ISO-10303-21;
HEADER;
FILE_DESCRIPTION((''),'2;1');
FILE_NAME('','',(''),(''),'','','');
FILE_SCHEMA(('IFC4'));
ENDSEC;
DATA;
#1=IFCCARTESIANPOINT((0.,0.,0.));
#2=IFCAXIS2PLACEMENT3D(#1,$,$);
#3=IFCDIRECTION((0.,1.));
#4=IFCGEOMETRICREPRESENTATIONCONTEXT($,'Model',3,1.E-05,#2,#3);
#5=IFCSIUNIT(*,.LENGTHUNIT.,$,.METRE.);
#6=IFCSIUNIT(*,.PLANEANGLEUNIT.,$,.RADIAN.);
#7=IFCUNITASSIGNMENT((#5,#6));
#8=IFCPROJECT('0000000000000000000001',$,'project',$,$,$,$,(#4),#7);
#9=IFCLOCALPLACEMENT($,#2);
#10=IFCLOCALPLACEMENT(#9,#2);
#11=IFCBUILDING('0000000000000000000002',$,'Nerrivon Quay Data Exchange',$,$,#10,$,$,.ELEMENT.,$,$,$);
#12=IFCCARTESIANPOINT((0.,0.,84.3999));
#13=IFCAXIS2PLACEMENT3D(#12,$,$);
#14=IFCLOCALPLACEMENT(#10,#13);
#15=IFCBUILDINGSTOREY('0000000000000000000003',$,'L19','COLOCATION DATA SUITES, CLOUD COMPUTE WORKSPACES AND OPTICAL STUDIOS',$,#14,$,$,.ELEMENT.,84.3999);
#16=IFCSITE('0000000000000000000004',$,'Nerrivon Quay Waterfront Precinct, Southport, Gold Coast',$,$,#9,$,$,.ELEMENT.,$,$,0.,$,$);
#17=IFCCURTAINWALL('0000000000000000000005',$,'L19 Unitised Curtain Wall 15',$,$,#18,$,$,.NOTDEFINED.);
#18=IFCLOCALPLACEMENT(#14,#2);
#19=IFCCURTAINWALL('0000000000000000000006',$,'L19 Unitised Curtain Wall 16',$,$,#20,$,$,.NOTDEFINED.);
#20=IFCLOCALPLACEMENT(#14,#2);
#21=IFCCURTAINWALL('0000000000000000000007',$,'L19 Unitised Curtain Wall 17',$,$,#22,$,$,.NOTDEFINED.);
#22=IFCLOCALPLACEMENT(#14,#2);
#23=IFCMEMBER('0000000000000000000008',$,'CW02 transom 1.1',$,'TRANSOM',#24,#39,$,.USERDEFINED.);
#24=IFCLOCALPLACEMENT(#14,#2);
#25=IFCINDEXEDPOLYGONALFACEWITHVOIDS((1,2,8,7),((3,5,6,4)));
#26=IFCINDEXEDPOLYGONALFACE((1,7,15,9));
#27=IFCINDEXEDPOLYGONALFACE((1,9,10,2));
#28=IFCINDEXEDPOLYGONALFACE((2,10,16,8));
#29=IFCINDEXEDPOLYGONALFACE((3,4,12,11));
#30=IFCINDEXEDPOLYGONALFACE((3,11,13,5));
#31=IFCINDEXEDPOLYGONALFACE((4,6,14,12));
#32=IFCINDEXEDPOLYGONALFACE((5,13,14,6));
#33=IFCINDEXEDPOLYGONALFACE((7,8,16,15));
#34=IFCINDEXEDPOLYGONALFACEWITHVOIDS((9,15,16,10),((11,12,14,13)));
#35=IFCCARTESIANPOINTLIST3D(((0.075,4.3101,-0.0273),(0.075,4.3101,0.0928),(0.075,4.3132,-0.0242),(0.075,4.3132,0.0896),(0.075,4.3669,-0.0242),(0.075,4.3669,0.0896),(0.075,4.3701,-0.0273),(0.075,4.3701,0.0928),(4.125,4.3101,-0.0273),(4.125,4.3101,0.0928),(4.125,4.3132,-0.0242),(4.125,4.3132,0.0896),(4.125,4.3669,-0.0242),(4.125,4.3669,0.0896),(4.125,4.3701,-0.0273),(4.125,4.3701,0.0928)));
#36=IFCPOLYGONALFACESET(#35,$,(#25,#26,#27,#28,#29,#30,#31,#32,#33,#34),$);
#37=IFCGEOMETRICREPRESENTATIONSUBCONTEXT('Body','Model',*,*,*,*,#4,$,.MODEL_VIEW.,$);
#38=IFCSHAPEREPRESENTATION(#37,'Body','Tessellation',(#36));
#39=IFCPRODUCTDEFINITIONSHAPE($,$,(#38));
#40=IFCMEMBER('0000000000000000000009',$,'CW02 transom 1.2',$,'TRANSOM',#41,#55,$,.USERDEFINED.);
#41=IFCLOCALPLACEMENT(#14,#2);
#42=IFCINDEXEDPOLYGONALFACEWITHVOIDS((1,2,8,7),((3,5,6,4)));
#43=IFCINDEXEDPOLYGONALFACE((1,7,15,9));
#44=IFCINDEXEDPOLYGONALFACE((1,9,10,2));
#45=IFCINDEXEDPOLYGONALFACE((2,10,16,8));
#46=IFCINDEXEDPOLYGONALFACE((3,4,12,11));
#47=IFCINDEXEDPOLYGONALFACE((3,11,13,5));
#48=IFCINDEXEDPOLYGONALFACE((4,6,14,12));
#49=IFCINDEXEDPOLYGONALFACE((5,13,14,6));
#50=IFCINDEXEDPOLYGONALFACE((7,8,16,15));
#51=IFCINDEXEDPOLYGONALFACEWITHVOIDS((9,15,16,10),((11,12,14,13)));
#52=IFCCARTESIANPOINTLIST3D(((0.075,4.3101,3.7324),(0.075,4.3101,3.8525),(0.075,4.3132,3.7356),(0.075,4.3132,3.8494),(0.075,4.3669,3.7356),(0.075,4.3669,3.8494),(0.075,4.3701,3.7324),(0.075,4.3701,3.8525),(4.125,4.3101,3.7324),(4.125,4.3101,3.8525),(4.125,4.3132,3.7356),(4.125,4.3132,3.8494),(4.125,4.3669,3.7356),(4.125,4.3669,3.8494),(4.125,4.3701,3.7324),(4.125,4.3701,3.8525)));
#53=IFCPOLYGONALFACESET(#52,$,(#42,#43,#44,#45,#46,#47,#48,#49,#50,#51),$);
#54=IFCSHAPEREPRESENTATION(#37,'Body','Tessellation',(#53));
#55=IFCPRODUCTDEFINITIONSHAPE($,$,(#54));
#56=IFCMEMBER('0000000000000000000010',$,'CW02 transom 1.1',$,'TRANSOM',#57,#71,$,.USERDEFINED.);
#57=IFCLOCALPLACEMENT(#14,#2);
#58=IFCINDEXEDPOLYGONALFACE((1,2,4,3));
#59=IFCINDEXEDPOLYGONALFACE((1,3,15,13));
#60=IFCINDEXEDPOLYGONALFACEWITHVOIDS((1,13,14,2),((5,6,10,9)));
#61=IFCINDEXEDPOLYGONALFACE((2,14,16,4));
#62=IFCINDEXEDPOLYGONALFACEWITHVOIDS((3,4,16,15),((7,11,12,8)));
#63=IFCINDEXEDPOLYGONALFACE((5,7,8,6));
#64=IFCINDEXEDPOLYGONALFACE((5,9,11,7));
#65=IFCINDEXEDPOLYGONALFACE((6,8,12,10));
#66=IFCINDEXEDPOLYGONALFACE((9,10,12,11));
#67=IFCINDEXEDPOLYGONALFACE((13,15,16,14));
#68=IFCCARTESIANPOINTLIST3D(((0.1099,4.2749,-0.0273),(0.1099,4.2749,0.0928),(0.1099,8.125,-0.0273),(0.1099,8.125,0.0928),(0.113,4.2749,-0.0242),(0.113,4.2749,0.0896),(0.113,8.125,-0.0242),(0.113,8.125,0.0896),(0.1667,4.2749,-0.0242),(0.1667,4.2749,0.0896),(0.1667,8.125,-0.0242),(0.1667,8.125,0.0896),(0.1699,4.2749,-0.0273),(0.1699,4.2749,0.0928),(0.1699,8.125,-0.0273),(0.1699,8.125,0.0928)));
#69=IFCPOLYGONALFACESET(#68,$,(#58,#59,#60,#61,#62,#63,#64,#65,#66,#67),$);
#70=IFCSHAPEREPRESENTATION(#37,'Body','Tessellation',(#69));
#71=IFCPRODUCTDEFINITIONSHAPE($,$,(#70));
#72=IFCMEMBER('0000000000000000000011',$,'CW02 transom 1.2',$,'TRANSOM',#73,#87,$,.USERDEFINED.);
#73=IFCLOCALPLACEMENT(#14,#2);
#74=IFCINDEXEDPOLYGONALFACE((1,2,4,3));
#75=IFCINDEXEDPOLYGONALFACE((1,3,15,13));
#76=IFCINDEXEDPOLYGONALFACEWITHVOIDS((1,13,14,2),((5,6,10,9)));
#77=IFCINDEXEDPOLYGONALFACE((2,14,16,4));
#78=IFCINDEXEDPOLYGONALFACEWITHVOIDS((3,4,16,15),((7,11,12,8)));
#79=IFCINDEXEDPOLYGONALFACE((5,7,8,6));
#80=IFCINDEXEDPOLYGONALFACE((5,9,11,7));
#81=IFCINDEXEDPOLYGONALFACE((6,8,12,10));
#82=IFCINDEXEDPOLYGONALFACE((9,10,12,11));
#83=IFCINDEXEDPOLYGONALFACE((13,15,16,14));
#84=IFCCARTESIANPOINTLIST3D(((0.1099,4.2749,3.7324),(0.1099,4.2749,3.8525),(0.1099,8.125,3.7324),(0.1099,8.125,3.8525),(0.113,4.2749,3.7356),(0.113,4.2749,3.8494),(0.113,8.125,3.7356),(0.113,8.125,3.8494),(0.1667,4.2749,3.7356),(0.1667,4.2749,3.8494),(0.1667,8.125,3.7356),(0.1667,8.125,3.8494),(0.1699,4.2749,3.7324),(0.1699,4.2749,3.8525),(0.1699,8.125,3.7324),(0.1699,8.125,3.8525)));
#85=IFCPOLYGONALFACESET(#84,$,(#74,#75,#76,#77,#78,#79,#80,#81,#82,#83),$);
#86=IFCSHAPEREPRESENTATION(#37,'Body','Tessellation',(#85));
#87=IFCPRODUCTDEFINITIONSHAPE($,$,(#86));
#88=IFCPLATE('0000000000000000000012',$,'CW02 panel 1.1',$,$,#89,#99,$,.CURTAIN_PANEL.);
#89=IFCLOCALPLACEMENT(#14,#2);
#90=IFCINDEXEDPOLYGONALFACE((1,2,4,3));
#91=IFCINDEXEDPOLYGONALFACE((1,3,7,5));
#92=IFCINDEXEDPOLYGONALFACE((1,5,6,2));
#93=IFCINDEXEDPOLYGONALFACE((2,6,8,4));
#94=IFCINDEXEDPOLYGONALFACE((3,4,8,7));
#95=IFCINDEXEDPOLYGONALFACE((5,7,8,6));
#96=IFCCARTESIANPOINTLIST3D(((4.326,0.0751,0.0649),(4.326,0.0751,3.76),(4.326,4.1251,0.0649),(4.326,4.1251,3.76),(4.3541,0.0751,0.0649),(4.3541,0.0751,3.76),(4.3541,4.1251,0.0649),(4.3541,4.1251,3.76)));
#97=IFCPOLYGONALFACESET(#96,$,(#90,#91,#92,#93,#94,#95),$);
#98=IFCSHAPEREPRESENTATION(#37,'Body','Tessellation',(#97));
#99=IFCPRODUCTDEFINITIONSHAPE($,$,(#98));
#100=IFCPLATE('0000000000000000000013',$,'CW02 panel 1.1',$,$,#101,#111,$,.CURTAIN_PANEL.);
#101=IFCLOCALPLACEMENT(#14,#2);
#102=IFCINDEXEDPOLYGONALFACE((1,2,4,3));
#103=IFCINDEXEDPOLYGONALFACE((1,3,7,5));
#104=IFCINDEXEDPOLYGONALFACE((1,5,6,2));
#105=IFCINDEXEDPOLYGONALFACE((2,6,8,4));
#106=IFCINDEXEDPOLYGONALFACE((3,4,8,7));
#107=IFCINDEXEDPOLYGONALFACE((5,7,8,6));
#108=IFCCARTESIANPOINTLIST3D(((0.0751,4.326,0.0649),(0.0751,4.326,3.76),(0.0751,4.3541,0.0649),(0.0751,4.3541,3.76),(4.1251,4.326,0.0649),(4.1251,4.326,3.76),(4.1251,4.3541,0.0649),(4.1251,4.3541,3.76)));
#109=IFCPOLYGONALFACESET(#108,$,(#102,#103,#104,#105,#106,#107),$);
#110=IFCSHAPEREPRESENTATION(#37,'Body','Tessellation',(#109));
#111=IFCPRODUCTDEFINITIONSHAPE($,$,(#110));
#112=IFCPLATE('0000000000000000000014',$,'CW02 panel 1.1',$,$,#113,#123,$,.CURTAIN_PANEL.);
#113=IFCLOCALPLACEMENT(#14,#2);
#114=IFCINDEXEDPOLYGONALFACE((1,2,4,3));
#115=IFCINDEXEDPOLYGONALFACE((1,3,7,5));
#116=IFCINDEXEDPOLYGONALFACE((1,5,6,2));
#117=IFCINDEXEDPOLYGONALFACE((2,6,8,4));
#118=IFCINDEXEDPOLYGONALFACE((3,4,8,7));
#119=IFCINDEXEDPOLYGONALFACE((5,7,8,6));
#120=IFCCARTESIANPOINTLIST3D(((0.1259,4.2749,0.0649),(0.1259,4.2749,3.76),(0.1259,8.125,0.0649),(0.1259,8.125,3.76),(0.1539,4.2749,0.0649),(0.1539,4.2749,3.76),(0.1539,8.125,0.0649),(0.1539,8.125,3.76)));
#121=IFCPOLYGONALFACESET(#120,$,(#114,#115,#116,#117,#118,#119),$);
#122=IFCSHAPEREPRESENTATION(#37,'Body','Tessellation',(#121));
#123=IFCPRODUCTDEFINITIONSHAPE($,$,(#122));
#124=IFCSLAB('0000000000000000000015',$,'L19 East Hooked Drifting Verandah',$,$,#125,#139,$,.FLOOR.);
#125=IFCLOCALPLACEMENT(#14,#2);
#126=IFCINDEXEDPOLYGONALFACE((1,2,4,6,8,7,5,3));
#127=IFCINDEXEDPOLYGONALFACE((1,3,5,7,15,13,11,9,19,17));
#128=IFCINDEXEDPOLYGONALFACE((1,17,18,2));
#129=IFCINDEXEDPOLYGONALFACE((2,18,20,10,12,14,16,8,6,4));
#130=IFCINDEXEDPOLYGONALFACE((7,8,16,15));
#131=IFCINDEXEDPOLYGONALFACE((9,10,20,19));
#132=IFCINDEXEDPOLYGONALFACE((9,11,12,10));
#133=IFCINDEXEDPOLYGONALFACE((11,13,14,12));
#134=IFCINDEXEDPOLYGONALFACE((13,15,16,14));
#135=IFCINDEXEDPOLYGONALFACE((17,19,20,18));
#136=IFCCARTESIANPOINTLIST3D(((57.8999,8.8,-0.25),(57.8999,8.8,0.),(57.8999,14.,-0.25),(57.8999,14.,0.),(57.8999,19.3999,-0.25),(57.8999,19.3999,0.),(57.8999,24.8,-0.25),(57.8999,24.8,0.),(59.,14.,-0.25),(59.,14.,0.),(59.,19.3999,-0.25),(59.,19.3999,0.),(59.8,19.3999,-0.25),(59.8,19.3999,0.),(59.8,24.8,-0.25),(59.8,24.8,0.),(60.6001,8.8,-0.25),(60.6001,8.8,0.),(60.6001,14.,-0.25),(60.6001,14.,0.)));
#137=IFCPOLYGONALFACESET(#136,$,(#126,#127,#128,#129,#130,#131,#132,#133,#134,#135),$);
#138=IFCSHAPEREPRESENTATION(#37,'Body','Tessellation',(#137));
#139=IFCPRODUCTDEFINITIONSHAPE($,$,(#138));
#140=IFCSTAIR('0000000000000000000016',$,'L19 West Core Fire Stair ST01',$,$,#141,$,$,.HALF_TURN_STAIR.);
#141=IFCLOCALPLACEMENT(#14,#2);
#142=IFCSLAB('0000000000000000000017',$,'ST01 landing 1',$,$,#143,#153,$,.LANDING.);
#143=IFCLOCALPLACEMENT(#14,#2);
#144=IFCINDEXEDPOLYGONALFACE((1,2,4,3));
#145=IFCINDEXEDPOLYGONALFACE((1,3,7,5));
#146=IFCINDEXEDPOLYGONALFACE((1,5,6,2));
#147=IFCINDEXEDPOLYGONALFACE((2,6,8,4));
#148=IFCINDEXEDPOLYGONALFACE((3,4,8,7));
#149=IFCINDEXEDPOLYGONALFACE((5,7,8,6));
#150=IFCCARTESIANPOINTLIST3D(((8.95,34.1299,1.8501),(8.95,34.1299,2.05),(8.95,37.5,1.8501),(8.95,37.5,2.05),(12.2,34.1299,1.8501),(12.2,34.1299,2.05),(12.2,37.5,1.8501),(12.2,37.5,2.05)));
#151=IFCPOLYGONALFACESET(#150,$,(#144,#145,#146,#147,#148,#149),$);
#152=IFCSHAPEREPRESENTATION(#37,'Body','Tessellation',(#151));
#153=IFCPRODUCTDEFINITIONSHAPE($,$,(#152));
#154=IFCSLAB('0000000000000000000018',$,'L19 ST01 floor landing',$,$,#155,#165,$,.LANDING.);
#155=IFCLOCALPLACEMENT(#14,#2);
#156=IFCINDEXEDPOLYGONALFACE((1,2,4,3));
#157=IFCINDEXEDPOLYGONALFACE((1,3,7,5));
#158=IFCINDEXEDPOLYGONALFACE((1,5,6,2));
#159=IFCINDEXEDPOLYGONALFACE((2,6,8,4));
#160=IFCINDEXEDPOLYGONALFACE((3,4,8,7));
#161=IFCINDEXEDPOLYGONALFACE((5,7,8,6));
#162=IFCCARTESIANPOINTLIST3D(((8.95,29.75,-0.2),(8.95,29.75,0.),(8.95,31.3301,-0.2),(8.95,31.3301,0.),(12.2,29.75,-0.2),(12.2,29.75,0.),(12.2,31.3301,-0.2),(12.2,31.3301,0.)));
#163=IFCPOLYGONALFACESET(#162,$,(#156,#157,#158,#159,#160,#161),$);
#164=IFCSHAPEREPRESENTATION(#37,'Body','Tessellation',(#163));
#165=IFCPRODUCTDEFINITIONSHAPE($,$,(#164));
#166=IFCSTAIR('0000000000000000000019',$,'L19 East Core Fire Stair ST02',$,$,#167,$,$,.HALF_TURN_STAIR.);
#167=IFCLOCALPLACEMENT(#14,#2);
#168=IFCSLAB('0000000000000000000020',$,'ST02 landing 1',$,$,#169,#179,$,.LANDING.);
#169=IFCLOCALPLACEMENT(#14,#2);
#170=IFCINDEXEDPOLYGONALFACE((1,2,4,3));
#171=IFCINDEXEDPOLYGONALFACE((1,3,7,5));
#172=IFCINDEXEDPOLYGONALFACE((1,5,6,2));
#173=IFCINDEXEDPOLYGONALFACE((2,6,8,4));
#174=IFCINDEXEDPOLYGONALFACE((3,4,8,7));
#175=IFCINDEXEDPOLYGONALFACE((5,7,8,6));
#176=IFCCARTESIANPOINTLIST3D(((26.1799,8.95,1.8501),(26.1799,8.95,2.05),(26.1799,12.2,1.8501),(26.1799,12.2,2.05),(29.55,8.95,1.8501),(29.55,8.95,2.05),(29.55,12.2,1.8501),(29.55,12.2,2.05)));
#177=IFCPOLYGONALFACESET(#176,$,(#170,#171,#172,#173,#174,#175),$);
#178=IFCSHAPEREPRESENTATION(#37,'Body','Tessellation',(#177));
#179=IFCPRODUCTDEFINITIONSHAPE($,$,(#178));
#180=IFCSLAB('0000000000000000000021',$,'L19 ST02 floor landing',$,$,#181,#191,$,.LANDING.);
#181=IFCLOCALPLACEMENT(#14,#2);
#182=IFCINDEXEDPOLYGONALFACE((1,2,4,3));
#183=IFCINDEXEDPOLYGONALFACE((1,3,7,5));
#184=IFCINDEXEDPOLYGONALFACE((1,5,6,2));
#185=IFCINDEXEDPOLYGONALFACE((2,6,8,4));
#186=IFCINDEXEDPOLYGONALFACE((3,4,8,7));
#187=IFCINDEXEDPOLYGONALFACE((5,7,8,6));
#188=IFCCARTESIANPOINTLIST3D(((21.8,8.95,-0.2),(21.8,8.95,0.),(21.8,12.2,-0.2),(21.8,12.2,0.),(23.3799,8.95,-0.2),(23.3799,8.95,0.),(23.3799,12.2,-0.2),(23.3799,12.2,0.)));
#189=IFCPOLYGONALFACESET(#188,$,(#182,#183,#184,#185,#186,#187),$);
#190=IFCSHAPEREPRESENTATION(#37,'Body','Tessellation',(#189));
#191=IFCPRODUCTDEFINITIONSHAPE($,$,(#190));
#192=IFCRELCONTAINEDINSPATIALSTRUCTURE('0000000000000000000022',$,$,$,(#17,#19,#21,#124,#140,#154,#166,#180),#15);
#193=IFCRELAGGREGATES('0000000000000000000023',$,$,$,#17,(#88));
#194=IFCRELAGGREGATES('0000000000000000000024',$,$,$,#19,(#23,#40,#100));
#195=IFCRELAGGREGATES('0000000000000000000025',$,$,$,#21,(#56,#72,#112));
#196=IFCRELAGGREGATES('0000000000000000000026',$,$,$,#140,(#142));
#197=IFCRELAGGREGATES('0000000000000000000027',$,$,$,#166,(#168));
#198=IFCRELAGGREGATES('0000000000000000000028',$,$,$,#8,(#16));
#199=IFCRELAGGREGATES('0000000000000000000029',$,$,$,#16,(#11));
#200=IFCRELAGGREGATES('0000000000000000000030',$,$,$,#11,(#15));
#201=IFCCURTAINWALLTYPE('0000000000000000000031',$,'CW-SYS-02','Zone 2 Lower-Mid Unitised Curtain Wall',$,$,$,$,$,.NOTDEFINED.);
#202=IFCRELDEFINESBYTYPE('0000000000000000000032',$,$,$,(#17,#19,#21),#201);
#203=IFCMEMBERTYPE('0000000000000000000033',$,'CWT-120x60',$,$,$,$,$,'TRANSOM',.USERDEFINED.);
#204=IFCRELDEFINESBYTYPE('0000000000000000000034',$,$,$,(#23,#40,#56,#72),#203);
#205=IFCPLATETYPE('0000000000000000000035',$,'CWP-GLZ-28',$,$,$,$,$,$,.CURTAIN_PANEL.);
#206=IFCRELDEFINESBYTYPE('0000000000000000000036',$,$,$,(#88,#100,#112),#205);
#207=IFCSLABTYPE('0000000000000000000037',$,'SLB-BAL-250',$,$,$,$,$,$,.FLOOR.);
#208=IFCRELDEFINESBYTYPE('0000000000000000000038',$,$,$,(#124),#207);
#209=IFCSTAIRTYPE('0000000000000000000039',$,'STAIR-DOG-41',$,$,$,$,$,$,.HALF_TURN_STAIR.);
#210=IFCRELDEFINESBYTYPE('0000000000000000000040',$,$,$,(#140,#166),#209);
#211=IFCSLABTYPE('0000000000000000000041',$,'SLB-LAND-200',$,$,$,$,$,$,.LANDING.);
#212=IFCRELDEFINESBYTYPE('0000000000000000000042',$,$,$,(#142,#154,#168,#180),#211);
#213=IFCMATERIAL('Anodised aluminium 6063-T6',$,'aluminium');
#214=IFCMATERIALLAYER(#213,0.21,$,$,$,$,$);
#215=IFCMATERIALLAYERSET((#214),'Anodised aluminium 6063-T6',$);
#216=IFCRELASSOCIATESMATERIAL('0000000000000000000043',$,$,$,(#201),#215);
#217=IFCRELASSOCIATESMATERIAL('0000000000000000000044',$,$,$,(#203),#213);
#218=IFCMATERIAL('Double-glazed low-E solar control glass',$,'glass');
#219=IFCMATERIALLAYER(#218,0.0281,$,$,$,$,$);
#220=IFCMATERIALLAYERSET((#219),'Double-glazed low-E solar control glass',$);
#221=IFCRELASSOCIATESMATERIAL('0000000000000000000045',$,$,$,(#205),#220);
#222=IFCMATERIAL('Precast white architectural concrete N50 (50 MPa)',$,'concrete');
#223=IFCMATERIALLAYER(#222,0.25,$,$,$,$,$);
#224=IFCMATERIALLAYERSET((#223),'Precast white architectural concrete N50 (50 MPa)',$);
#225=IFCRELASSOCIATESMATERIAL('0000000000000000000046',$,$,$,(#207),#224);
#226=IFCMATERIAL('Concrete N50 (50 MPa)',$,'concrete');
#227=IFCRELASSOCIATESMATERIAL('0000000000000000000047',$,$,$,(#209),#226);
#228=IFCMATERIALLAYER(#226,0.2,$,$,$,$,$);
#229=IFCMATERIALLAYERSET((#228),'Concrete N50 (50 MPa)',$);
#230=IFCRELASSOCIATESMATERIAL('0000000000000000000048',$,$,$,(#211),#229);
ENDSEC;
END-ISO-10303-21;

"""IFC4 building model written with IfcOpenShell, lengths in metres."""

from ifc_helpers import new_model, si_unit, direction, frame, origin, origin_2d, place, context, subcontext, project, spatial, polyline, rectangle, hollow_rectangle, outline, extrude, material, layer, layer_set, material_profile, profile_set, type_object, element, aggregate, save


model = new_model("IFC4")

# Units and contexts
model_context = context("Model", 3, precision=1e-05, world=origin(), true_north=direction((0.0, 1.0)))
body_context = subcontext(model_context, "Body", "Model", "MODEL_VIEW")
ifc_project = project(units=[si_unit("LENGTHUNIT", "METRE"), si_unit("PLANEANGLEUNIT", "RADIAN")], contexts=[model_context])

# Site, building, storey
site_placement = place(None, origin())
site = spatial("IfcSite", under=ifc_project, at=site_placement, Name="Nerrivon Quay Waterfront Precinct, Southport, Gold Coast", CompositionType="ELEMENT", RefElevation=0.0)
building_placement = place(site_placement, origin())
building = spatial("IfcBuilding", under=site, at=building_placement, Name="Nerrivon Quay Data Exchange", CompositionType="ELEMENT")
storey_placement = place(building_placement, frame((0.0, 0.0, 84.3999)))
storey = spatial("IfcBuildingStorey", under=building, at=storey_placement, Name="L19", Description="COLOCATION DATA SUITES, CLOUD COMPUTE WORKSPACES AND OPTICAL STUDIOS", CompositionType="ELEMENT", Elevation=84.3999)

# Shared definitions
ifc_material_1 = material(Name="Anodised aluminium 6063-T6", Category="aluminium")
ifc_layer_1 = layer(ifc_material_1, 0.21)
ifc_layer_set_1 = layer_set([ifc_layer_1], Name="Anodised aluminium 6063-T6")
curtain_wall_type = type_object("IfcCurtainWallType", Name="CW-SYS-02", Description="Zone 2 Lower-Mid Unitised Curtain Wall", PredefinedType="NOTDEFINED", material=ifc_layer_set_1)

# Curtain walls
curtain_wall_1_placement = place(storey_placement, origin())
curtain_wall_1 = element("IfcCurtainWall", 1, at=curtain_wall_1_placement, inside=storey, type_object=curtain_wall_type, Name="L19 Unitised Curtain Wall 15", PredefinedType="NOTDEFINED")
curtain_wall_2_placement = place(storey_placement, origin())
curtain_wall_2 = element("IfcCurtainWall", 2, at=curtain_wall_2_placement, inside=storey, type_object=curtain_wall_type, Name="L19 Unitised Curtain Wall 16", PredefinedType="NOTDEFINED")
curtain_wall_3_placement = place(storey_placement, origin())
curtain_wall_3 = element("IfcCurtainWall", 3, at=curtain_wall_3_placement, inside=storey, type_object=curtain_wall_type, Name="L19 Unitised Curtain Wall 17", PredefinedType="NOTDEFINED")

# Members
ifc_material_profile_1 = material_profile(ifc_material_1, hollow_rectangle(XDim=0.0601, YDim=0.1201, WallThickness=0.0032, at=origin_2d()), Name="ALU-TRAN-120x60")
ifc_profile_set_1 = profile_set([ifc_material_profile_1], Name="Anodised aluminium 6063-T6")
member_type_1 = type_object("IfcMemberType", Name="CWT-120x60", ElementType="TRANSOM", PredefinedType="USERDEFINED", material=ifc_profile_set_1)
member_1_placement = place(storey_placement, frame((4.125, 4.3401, 0.0327), z_axis=(-1.0, 0.0, 0.0), x_axis=(0.0, -1.0, 0.0)))
member_1 = element("IfcMember", 4, at=member_1_placement, type_object=member_type_1, Name="CW02 transom 1.1", ObjectType="TRANSOM", PredefinedType="USERDEFINED", context=body_context, shape_type="SweptSolid", body=[
    extrude(hollow_rectangle(XDim=0.0601, YDim=0.1201, WallThickness=0.0032, at=origin_2d()), origin(), (0.0, 0.0, 1.0), 4.05),
])
member_2_placement = place(storey_placement, frame((4.125, 4.3401, 3.7925), z_axis=(-1.0, 0.0, 0.0), x_axis=(0.0, -1.0, 0.0)))
member_2 = element("IfcMember", 5, at=member_2_placement, type_object=member_type_1, Name="CW02 transom 1.2", ObjectType="TRANSOM", PredefinedType="USERDEFINED", context=body_context, shape_type="SweptSolid", body=[
    extrude(hollow_rectangle(XDim=0.0601, YDim=0.1201, WallThickness=0.0032, at=origin_2d()), origin(), (0.0, 0.0, 1.0), 4.05),
])
member_3_placement = place(storey_placement, frame((0.1399, 4.2749, 0.0327), z_axis=(0.0, 1.0, 0.0), x_axis=(-1.0, 0.0, 0.0)))
member_3 = element("IfcMember", 6, at=member_3_placement, type_object=member_type_1, Name="CW02 transom 1.1", ObjectType="TRANSOM", PredefinedType="USERDEFINED", context=body_context, shape_type="SweptSolid", body=[
    extrude(hollow_rectangle(XDim=0.0601, YDim=0.1201, WallThickness=0.0032, at=origin_2d()), origin(), (0.0, 0.0, 1.0), 3.8501),
])
member_4_placement = place(storey_placement, frame((0.1399, 4.2749, 3.7925), z_axis=(0.0, 1.0, 0.0), x_axis=(-1.0, 0.0, 0.0)))
member_4 = element("IfcMember", 7, at=member_4_placement, type_object=member_type_1, Name="CW02 transom 1.2", ObjectType="TRANSOM", PredefinedType="USERDEFINED", context=body_context, shape_type="SweptSolid", body=[
    extrude(hollow_rectangle(XDim=0.0601, YDim=0.1201, WallThickness=0.0032, at=origin_2d()), origin(), (0.0, 0.0, 1.0), 3.8501),
])

# Plates
ifc_material_2 = material(Name="Double-glazed low-E solar control glass", Category="glass")
ifc_layer_2 = layer(ifc_material_2, 0.0281)
ifc_layer_set_2 = layer_set([ifc_layer_2], Name="Double-glazed low-E solar control glass")
plate_type = type_object("IfcPlateType", Name="CWP-GLZ-28", PredefinedType="CURTAIN_PANEL", material=ifc_layer_set_2)
plate_1_placement = place(storey_placement, frame((4.3401, 2.1001, 0.0649), z_axis=(0.0, 0.0, 1.0), x_axis=(0.0, 1.0, 0.0)))
plate_1 = element("IfcPlate", 8, at=plate_1_placement, type_object=plate_type, Name="CW02 panel 1.1", PredefinedType="CURTAIN_PANEL", context=body_context, shape_type="SweptSolid", body=[
    extrude(rectangle(XDim=4.05, YDim=0.0281, at=origin_2d()), origin(), (0.0, 0.0, 1.0), 3.6951),
])
aggregate(curtain_wall_1, [plate_1])
plate_2_placement = place(storey_placement, frame((2.1001, 4.3401, 0.0649), z_axis=(0.0, 0.0, 1.0), x_axis=(-1.0, 0.0, 0.0)))
plate_2 = element("IfcPlate", 9, at=plate_2_placement, type_object=plate_type, Name="CW02 panel 1.1", PredefinedType="CURTAIN_PANEL", context=body_context, shape_type="SweptSolid", body=[
    extrude(rectangle(XDim=4.05, YDim=0.0281, at=origin_2d()), origin(), (0.0, 0.0, 1.0), 3.6951),
])
aggregate(curtain_wall_2, [member_1, member_2, plate_2])
plate_3_placement = place(storey_placement, frame((0.1399, 6.2, 0.0649), z_axis=(0.0, 0.0, 1.0), x_axis=(0.0, 1.0, 0.0)))
plate_3 = element("IfcPlate", 10, at=plate_3_placement, type_object=plate_type, Name="CW02 panel 1.1", PredefinedType="CURTAIN_PANEL", context=body_context, shape_type="SweptSolid", body=[
    extrude(rectangle(XDim=3.8501, YDim=0.0281, at=origin_2d()), origin(), (0.0, 0.0, 1.0), 3.6951),
])
aggregate(curtain_wall_3, [member_3, member_4, plate_3])

# Slab
ifc_material_3 = material(Name="Precast white architectural concrete N50 (50 MPa)", Category="concrete")
ifc_layer_3 = layer(ifc_material_3, 0.25)
ifc_layer_set_3 = layer_set([ifc_layer_3], Name="Precast white architectural concrete N50 (50 MPa)")
slab_type_1 = type_object("IfcSlabType", Name="SLB-BAL-250", PredefinedType="FLOOR", material=ifc_layer_set_3)
slab_1_placement = place(storey_placement, frame((0.0, 0.0, -0.25)))
element("IfcSlab", 11, at=slab_1_placement, inside=storey, type_object=slab_type_1, Name="L19 East Hooked Drifting Verandah", PredefinedType="FLOOR", context=body_context, shape_type="SweptSolid", body=[
    extrude(outline(polyline([(59.0, 14.0), (59.0, 19.3999), (59.8, 19.3999), (59.8, 24.8), (57.8999, 24.8), (57.8999, 19.3999), (57.8999, 14.0), (57.8999, 8.8), (60.6001, 8.8), (60.6001, 14.0), (59.0, 14.0)])), origin(), (0.0, 0.0, 1.0), 0.25),
])

# Stair, slab
ifc_material_4 = material(Name="Concrete N50 (50 MPa)", Category="concrete")
stair_type = type_object("IfcStairType", Name="STAIR-DOG-41", PredefinedType="HALF_TURN_STAIR", material=ifc_material_4)
stair_1_placement = place(storey_placement, origin())
stair_1 = element("IfcStair", 12, at=stair_1_placement, inside=storey, type_object=stair_type, Name="L19 West Core Fire Stair ST01", PredefinedType="HALF_TURN_STAIR")
ifc_layer_4 = layer(ifc_material_4, 0.2)
ifc_layer_set_4 = layer_set([ifc_layer_4], Name="Concrete N50 (50 MPa)")
slab_type_2 = type_object("IfcSlabType", Name="SLB-LAND-200", PredefinedType="LANDING", material=ifc_layer_set_4)
slab_2_placement = place(storey_placement, frame((0.0, 0.0, 1.8501)))
slab_2 = element("IfcSlab", 13, at=slab_2_placement, type_object=slab_type_2, Name="ST01 landing 1", PredefinedType="LANDING", context=body_context, shape_type="SweptSolid", body=[
    extrude(outline(polyline([(12.2, 34.1299), (12.2, 37.5), (8.95, 37.5), (8.95, 34.1299), (12.2, 34.1299)])), origin(), (0.0, 0.0, 1.0), 0.2),
])
aggregate(stair_1, [slab_2])

# Slab
slab_3_placement = place(storey_placement, frame((0.0, 0.0, -0.2)))
element("IfcSlab", 14, at=slab_3_placement, inside=storey, type_object=slab_type_2, Name="L19 ST01 floor landing", PredefinedType="LANDING", context=body_context, shape_type="SweptSolid", body=[
    extrude(outline(polyline([(12.2, 29.75), (12.2, 31.3301), (8.95, 31.3301), (8.95, 29.75), (12.2, 29.75)])), origin(), (0.0, 0.0, 1.0), 0.2),
])

# Stair, slab
stair_2_placement = place(storey_placement, origin())
stair_2 = element("IfcStair", 15, at=stair_2_placement, inside=storey, type_object=stair_type, Name="L19 East Core Fire Stair ST02", PredefinedType="HALF_TURN_STAIR")
slab_4_placement = place(storey_placement, frame((0.0, 0.0, 1.8501)))
slab_4 = element("IfcSlab", 16, at=slab_4_placement, type_object=slab_type_2, Name="ST02 landing 1", PredefinedType="LANDING", context=body_context, shape_type="SweptSolid", body=[
    extrude(outline(polyline([(26.1799, 8.95), (29.55, 8.95), (29.55, 12.2), (26.1799, 12.2), (26.1799, 8.95)])), origin(), (0.0, 0.0, 1.0), 0.2),
])
aggregate(stair_2, [slab_4])

# Slab
slab_5_placement = place(storey_placement, frame((0.0, 0.0, -0.2)))
element("IfcSlab", 17, at=slab_5_placement, inside=storey, type_object=slab_type_2, Name="L19 ST02 floor landing", PredefinedType="LANDING", context=body_context, shape_type="SweptSolid", body=[
    extrude(outline(polyline([(21.8, 8.95), (23.3799, 8.95), (23.3799, 12.2), (21.8, 12.2), (21.8, 8.95)])), origin(), (0.0, 0.0, 1.0), 0.2),
])

save(model, "model.ifc")
